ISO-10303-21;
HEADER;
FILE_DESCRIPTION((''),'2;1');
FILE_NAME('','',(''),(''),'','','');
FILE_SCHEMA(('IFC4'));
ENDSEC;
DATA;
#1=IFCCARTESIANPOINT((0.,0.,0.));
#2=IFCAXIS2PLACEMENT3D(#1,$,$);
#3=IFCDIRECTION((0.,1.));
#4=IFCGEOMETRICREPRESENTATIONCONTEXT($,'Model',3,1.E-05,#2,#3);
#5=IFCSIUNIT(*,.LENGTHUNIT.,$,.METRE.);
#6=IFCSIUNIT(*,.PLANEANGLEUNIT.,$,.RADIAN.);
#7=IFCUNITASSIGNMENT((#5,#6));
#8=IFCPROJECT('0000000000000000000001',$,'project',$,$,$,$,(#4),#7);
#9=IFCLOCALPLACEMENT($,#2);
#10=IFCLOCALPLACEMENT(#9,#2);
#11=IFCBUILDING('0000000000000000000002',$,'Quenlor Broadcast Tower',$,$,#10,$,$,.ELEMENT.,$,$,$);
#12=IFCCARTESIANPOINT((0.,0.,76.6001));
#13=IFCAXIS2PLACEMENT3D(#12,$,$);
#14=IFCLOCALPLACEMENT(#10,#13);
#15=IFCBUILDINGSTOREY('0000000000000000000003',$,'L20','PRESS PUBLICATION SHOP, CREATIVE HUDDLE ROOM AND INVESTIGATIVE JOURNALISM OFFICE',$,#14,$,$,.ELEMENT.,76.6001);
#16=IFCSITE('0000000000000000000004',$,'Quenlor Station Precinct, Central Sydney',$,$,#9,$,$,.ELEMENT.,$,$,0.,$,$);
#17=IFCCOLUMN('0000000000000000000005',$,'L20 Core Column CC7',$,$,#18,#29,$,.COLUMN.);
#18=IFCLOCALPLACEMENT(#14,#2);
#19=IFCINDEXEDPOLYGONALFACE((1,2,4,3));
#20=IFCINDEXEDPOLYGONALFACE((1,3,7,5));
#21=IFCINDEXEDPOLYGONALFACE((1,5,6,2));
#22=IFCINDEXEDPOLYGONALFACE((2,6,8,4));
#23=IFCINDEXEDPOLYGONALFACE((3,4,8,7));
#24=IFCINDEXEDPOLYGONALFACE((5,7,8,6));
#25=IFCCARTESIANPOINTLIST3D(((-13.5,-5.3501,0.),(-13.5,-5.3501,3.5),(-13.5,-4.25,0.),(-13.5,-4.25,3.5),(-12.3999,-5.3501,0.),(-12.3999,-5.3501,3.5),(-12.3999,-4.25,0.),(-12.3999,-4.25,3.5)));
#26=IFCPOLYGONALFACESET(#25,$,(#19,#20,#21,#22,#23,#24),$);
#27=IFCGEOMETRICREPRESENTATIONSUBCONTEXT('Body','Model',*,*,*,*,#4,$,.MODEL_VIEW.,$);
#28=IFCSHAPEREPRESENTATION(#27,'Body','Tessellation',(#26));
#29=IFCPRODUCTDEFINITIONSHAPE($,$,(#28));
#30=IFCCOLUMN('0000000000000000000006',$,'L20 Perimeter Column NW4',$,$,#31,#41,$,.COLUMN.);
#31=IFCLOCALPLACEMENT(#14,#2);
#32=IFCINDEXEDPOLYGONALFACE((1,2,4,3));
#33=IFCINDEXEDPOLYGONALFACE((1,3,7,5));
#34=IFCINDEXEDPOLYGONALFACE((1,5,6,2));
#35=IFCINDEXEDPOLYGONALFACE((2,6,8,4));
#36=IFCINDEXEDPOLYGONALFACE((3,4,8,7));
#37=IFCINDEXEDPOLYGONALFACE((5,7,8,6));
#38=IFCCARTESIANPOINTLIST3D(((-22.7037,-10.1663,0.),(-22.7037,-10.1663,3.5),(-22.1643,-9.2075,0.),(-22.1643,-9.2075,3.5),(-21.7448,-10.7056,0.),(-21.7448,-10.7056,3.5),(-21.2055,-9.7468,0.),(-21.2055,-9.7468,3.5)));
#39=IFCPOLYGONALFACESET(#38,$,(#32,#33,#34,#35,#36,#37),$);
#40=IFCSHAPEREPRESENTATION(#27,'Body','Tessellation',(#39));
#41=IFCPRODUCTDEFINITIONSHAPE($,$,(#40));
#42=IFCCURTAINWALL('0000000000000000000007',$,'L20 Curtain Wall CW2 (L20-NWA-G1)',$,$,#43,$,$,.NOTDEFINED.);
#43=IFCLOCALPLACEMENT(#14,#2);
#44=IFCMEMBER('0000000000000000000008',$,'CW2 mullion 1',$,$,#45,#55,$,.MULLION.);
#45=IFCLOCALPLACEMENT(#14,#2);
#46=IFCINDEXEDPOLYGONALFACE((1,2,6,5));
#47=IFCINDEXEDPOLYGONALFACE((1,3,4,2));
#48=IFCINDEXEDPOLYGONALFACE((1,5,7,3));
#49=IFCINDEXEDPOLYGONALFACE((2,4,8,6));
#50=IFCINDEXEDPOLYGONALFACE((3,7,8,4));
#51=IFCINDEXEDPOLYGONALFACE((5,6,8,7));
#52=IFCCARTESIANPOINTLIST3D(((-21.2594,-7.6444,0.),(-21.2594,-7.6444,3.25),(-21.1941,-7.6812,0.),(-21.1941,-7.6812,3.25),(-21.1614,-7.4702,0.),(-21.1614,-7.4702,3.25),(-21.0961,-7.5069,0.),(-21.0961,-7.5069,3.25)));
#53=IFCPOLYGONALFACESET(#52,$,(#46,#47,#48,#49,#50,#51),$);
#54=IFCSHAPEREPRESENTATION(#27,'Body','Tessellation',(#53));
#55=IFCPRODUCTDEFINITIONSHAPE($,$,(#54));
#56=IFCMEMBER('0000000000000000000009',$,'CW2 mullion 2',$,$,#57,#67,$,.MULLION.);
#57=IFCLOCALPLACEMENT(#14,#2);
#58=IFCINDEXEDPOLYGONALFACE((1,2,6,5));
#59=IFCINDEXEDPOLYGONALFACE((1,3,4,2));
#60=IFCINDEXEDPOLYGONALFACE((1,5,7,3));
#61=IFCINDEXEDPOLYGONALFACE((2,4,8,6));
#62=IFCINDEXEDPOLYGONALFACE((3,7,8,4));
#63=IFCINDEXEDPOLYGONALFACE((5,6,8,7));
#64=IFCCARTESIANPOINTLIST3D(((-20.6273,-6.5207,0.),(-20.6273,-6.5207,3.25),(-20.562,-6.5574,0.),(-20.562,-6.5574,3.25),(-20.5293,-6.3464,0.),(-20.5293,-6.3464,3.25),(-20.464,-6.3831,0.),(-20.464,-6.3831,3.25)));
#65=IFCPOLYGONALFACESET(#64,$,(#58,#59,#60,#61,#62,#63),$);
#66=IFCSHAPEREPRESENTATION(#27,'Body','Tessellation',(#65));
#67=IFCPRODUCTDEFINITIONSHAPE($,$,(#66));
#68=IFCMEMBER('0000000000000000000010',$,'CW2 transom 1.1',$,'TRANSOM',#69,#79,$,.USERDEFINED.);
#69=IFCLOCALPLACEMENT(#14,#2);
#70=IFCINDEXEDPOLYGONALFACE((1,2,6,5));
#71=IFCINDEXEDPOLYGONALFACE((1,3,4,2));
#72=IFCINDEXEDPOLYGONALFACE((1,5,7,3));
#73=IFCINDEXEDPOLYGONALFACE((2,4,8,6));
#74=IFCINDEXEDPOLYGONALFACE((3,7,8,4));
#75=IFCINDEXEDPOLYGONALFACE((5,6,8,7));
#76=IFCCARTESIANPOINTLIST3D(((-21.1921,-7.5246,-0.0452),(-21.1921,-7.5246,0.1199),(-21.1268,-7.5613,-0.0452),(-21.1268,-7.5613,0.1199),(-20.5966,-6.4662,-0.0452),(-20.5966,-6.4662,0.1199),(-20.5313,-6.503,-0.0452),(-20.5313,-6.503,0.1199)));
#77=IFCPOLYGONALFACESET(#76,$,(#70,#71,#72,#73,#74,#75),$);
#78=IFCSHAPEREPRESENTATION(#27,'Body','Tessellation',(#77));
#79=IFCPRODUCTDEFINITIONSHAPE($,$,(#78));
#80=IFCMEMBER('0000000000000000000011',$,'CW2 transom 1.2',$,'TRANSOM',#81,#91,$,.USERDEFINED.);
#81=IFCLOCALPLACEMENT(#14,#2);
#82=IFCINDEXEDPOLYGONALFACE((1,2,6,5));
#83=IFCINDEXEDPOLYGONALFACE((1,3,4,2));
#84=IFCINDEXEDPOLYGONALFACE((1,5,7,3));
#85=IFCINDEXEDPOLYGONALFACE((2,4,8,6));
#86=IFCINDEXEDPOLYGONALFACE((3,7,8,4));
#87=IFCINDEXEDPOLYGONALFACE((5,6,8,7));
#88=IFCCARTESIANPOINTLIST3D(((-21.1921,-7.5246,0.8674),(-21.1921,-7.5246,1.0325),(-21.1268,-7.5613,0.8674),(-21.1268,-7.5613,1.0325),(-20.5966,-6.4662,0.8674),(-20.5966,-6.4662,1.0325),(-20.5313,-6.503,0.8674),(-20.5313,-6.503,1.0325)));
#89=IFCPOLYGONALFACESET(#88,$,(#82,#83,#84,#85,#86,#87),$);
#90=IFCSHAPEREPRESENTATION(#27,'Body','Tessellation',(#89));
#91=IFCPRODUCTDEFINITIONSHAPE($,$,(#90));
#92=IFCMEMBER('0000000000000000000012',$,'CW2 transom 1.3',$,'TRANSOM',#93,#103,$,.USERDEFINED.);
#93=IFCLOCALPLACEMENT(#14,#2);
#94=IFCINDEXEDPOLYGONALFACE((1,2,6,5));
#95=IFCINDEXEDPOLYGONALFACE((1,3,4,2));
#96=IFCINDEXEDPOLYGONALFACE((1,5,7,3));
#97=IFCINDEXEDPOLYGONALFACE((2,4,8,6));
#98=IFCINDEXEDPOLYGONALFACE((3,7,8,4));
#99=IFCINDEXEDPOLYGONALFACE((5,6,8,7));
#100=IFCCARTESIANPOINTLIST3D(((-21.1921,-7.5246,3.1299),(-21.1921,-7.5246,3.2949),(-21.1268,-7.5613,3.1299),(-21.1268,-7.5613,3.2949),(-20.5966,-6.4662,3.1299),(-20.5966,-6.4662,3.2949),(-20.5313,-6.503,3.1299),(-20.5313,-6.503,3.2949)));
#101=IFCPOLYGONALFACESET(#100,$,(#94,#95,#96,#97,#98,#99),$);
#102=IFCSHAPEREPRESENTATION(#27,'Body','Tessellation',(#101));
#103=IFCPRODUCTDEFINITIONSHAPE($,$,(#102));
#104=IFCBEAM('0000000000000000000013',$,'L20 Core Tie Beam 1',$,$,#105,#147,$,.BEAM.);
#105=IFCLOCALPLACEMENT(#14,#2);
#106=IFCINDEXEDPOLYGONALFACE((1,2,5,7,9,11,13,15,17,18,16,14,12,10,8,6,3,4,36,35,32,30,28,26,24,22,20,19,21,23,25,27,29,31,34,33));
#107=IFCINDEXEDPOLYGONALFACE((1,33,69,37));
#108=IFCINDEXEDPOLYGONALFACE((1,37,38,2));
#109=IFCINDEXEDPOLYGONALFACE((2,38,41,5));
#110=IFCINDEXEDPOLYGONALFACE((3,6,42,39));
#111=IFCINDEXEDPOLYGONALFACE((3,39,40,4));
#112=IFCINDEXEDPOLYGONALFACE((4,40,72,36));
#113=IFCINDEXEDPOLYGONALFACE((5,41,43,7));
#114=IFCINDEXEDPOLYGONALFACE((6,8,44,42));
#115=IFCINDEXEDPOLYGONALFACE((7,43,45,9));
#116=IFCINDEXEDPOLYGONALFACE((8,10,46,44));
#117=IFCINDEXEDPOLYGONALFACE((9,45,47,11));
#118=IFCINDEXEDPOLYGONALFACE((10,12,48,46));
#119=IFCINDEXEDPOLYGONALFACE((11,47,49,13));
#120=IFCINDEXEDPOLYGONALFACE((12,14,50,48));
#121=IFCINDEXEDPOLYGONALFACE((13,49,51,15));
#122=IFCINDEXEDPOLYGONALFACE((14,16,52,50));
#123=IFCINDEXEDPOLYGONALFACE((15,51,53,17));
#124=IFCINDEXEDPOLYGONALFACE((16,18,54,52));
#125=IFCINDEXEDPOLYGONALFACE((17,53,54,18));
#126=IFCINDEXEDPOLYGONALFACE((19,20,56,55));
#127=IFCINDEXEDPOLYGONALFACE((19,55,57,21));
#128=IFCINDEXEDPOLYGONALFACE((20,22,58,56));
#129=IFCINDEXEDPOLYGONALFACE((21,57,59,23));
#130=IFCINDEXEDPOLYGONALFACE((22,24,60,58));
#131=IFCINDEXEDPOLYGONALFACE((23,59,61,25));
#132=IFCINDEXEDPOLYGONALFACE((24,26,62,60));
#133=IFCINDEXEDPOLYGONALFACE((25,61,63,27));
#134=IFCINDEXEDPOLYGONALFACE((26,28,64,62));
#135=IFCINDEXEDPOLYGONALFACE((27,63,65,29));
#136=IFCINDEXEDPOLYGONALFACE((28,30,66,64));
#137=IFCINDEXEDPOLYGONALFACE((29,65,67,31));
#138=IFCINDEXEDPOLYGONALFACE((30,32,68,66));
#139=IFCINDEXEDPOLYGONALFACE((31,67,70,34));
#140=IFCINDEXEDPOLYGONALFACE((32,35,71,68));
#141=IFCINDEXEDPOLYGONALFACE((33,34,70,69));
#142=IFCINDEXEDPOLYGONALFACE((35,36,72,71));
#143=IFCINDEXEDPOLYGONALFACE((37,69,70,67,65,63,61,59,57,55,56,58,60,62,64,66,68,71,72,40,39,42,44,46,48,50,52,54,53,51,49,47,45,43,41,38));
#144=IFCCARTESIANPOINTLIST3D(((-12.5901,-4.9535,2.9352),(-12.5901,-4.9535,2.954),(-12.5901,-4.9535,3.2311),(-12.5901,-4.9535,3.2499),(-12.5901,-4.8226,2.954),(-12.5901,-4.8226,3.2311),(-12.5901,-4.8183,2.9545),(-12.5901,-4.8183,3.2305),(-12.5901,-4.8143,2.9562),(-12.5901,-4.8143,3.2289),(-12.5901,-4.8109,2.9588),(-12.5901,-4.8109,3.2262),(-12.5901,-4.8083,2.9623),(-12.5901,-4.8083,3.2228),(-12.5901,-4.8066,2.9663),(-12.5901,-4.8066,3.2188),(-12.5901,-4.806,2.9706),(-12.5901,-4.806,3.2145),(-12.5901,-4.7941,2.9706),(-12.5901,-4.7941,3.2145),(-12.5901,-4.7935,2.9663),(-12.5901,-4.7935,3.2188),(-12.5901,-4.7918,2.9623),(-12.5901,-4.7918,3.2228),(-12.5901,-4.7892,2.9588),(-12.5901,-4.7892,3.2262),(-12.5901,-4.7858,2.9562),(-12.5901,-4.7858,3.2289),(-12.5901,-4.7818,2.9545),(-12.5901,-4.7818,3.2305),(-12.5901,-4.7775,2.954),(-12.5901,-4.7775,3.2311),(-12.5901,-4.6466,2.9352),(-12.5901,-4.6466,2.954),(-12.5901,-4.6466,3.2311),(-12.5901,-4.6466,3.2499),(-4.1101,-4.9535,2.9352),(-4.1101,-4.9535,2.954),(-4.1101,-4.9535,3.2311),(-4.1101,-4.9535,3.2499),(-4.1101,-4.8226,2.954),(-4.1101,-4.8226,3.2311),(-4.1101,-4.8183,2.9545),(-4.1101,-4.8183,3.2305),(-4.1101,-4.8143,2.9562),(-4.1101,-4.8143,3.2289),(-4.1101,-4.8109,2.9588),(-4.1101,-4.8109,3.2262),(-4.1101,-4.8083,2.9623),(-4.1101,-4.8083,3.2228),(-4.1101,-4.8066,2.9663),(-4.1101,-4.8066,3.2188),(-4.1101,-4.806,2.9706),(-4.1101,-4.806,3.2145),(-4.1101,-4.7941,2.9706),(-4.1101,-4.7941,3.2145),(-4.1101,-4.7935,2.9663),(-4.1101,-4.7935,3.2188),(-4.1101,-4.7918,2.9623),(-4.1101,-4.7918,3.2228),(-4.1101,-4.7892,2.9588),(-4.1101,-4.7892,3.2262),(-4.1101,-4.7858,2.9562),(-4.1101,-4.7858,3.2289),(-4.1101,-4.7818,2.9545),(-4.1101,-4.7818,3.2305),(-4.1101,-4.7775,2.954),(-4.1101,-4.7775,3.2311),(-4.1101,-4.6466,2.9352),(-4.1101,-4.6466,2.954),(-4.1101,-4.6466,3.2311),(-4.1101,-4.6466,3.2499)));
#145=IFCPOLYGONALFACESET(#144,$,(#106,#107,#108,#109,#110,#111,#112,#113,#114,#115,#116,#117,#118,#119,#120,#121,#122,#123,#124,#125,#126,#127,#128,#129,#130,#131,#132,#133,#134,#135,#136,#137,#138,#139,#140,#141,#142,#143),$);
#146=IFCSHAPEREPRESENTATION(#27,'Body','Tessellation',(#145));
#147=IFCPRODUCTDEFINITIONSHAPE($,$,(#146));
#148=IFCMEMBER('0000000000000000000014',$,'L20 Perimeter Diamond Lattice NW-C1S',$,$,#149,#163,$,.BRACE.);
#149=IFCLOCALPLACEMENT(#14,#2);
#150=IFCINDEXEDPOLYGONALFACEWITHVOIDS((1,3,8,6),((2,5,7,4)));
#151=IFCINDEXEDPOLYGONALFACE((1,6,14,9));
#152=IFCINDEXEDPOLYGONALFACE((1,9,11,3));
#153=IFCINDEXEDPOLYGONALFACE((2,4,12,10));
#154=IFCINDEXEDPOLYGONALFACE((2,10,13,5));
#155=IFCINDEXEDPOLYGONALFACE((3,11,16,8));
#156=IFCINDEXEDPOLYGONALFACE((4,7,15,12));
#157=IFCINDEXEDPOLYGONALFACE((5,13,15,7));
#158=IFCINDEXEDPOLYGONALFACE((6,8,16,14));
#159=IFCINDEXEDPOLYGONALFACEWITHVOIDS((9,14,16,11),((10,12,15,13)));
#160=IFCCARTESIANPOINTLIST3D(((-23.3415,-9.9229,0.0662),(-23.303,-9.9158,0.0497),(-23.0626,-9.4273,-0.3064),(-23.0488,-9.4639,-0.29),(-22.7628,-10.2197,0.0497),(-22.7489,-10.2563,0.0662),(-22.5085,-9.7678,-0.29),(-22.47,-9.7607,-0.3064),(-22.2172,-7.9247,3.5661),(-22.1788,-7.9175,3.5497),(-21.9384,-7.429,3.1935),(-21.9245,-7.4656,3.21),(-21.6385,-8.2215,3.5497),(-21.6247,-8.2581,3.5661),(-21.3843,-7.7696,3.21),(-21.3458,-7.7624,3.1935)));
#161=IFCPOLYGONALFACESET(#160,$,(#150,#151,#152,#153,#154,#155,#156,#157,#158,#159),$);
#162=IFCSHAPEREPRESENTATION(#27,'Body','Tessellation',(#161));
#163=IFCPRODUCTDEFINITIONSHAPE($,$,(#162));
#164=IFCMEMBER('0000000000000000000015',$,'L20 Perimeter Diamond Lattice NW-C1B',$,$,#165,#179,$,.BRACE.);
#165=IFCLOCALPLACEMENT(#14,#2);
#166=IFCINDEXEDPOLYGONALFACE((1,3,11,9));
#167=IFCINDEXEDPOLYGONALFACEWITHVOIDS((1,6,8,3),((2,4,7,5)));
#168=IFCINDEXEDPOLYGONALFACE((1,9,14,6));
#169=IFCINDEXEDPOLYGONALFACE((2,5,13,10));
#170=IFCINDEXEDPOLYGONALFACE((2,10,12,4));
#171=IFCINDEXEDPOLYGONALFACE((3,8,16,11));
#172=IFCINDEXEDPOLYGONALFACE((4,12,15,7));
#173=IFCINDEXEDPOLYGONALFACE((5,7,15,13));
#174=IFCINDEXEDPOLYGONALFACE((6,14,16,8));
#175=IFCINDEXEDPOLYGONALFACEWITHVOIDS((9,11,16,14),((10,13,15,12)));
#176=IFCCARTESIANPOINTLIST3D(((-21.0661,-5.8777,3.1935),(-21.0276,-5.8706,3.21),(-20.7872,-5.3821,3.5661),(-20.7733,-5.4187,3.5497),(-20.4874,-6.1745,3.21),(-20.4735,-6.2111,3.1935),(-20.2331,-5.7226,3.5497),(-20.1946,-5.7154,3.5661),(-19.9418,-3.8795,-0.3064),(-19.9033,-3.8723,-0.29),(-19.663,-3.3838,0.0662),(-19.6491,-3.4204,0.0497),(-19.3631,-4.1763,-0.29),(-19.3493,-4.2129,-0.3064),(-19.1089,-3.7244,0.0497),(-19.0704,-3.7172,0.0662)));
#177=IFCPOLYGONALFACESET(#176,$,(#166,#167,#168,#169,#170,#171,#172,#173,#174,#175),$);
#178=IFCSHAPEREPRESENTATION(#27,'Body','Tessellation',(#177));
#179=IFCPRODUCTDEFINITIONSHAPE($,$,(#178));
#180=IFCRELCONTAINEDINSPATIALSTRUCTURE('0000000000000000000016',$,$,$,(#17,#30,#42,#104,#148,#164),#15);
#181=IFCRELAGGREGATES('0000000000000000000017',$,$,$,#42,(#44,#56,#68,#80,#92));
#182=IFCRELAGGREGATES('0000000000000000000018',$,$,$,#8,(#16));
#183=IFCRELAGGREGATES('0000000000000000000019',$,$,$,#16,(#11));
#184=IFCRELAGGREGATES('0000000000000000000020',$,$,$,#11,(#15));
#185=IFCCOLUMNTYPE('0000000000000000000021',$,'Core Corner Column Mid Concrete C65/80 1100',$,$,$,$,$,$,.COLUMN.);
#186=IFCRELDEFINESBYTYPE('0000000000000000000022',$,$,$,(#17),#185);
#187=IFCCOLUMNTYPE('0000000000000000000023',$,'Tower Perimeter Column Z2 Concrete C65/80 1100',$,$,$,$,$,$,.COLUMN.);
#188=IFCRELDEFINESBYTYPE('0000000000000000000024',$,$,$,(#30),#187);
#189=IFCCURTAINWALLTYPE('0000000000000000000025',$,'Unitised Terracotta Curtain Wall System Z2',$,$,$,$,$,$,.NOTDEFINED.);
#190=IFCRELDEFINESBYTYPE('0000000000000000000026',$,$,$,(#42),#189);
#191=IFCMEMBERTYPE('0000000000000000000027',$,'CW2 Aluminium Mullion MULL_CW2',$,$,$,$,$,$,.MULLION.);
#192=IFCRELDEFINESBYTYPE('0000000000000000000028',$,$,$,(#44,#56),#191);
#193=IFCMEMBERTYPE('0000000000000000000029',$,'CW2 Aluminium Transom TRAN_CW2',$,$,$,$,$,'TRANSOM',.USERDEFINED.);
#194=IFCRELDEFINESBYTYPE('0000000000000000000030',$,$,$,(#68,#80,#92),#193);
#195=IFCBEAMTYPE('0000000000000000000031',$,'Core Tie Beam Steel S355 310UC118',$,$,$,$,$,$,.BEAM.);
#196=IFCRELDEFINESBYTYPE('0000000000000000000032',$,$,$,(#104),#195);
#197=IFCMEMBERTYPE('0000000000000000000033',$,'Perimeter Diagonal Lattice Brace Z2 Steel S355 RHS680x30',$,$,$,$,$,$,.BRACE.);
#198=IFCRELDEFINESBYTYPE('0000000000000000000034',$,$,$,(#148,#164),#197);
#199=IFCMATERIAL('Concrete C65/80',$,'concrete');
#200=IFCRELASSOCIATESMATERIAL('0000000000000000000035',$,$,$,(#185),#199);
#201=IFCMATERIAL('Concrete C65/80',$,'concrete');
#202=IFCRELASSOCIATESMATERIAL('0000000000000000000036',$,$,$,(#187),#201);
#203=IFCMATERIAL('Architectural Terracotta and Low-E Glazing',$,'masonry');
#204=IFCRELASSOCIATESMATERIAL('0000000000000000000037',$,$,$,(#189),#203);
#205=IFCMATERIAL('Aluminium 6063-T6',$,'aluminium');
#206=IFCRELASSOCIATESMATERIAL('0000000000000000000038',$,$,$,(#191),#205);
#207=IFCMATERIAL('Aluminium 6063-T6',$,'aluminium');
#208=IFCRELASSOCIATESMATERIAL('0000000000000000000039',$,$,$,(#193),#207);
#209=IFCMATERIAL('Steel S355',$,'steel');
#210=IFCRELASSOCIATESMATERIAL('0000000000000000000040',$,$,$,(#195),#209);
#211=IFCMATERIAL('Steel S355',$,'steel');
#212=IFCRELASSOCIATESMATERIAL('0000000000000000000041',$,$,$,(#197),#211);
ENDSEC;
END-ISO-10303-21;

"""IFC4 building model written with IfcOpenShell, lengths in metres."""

from ifc_helpers import new_model, si_unit, direction, frame, origin, origin_2d, place, context, subcontext, project, spatial, rectangle, hollow_rectangle, i_section, extrude, material, material_profile, profile_set, type_object, element, aggregate, save


model = new_model("IFC4")

# Units and contexts
model_context = context("Model", 3, precision=1e-05, world=origin(), true_north=direction((0.0, 1.0)))
body_context = subcontext(model_context, "Body", "Model", "MODEL_VIEW")
ifc_project = project(units=[si_unit("LENGTHUNIT", "METRE"), si_unit("PLANEANGLEUNIT", "RADIAN")], contexts=[model_context])

# Site, building, storey
site_placement = place(None, origin())
site = spatial("IfcSite", under=ifc_project, at=site_placement, Name="Quenlor Station Precinct, Central Sydney", CompositionType="ELEMENT", RefElevation=0.0)
building_placement = place(site_placement, origin())
building = spatial("IfcBuilding", under=site, at=building_placement, Name="Quenlor Broadcast Tower", CompositionType="ELEMENT")
storey_placement = place(building_placement, frame((0.0, 0.0, 76.6001)))
storey = spatial("IfcBuildingStorey", under=building, at=storey_placement, Name="L20", Description="PRESS PUBLICATION SHOP, CREATIVE HUDDLE ROOM AND INVESTIGATIVE JOURNALISM OFFICE", CompositionType="ELEMENT", Elevation=76.6001)

# Columns
ifc_material_1 = material(Name="Concrete C65/80", Category="concrete")
ifc_material_profile_1 = material_profile(ifc_material_1, rectangle(XDim=1.1001, YDim=1.1001, at=origin_2d()))
ifc_profile_set_1 = profile_set([ifc_material_profile_1], Name="Concrete C65/80 RC1100x1100")
column_type_1 = type_object("IfcColumnType", Name="Core Corner Column Mid Concrete C65/80 1100", PredefinedType="COLUMN", material=ifc_profile_set_1)
column_1_placement = place(storey_placement, frame((-12.95, -4.8, 0.0), z_axis=(0.0, 0.0, 1.0), x_axis=(1.0, 0.0, 0.0)))
element("IfcColumn", 1, at=column_1_placement, inside=storey, type_object=column_type_1, Name="L20 Core Column CC7", PredefinedType="COLUMN", context=body_context, shape_type="SweptSolid", body=[
    extrude(rectangle(XDim=1.1001, YDim=1.1001, at=origin_2d()), origin(), (0.0, 0.0, 1.0), 3.5),
])
ifc_material_2 = material(Name="Concrete C65/80", Category="concrete")
ifc_material_profile_2 = material_profile(ifc_material_2, rectangle(XDim=1.1001, YDim=1.1001, at=origin_2d()))
ifc_profile_set_2 = profile_set([ifc_material_profile_2], Name="Concrete C65/80 RC1100x1100")
column_type_2 = type_object("IfcColumnType", Name="Tower Perimeter Column Z2 Concrete C65/80 1100", PredefinedType="COLUMN", material=ifc_profile_set_2)
column_2_placement = place(storey_placement, frame((-21.9546, -9.9565, 0.0), z_axis=(0.0, 0.0, 1.0), x_axis=(-0.871575, 0.490262, 0.0)))
element("IfcColumn", 2, at=column_2_placement, inside=storey, type_object=column_type_2, Name="L20 Perimeter Column NW4", PredefinedType="COLUMN", context=body_context, shape_type="SweptSolid", body=[
    extrude(rectangle(XDim=1.1001, YDim=1.1001, at=origin_2d()), origin(), (0.0, 0.0, 1.0), 3.5),
])

# Curtain wall, members
ifc_material_3 = material(Name="Architectural Terracotta and Low-E Glazing", Category="masonry")
curtain_wall_type = type_object("IfcCurtainWallType", Name="Unitised Terracotta Curtain Wall System Z2", PredefinedType="NOTDEFINED", material=ifc_material_3)
curtain_wall_placement = place(storey_placement, origin())
curtain_wall = element("IfcCurtainWall", 3, at=curtain_wall_placement, inside=storey, type_object=curtain_wall_type, Name="L20 Curtain Wall CW2 (L20-NWA-G1)", PredefinedType="NOTDEFINED")
ifc_material_4 = material(Name="Aluminium 6063-T6", Category="aluminium")
ifc_material_profile_3 = material_profile(ifc_material_4, rectangle(XDim=0.075, YDim=0.2, at=origin_2d()))
ifc_profile_set_3 = profile_set([ifc_material_profile_3], Name="Aluminium 6063-T6 MULL75x200")
member_type_1 = type_object("IfcMemberType", Name="CW2 Aluminium Mullion MULL_CW2", PredefinedType="MULLION", material=ifc_profile_set_3)
member_1_placement = place(storey_placement, frame((-21.1777, -7.5757, 0.0), z_axis=(0.0, 0.0, 1.0), x_axis=(-0.871566, 0.490279, 0.0)))
member_1 = element("IfcMember", 4, at=member_1_placement, type_object=member_type_1, Name="CW2 mullion 1", PredefinedType="MULLION", context=body_context, shape_type="SweptSolid", body=[
    extrude(rectangle(XDim=0.075, YDim=0.2, at=origin_2d()), origin(), (0.0, 0.0, 1.0), 3.25),
])
member_2_placement = place(storey_placement, frame((-20.5457, -6.4519, 0.0), z_axis=(0.0, 0.0, 1.0), x_axis=(-0.871566, 0.490279, 0.0)))
member_2 = element("IfcMember", 5, at=member_2_placement, type_object=member_type_1, Name="CW2 mullion 2", PredefinedType="MULLION", context=body_context, shape_type="SweptSolid", body=[
    extrude(rectangle(XDim=0.075, YDim=0.2, at=origin_2d()), origin(), (0.0, 0.0, 1.0), 3.25),
])
ifc_material_5 = material(Name="Aluminium 6063-T6", Category="aluminium")
ifc_material_profile_4 = material_profile(ifc_material_5, rectangle(XDim=0.075, YDim=0.165, at=origin_2d()))
ifc_profile_set_4 = profile_set([ifc_material_profile_4], Name="Aluminium 6063-T6 TRAN75x165")
member_type_2 = type_object("IfcMemberType", Name="CW2 Aluminium Transom TRAN_CW2", ElementType="TRANSOM", PredefinedType="USERDEFINED", material=ifc_profile_set_4)
member_3_placement = place(storey_placement, frame((-21.1594, -7.543, 0.0374), z_axis=(0.490347, 0.871527, 0.0), x_axis=(-0.871527, 0.490347, 0.0)))
member_3 = element("IfcMember", 6, at=member_3_placement, type_object=member_type_2, Name="CW2 transom 1.1", ObjectType="TRANSOM", PredefinedType="USERDEFINED", context=body_context, shape_type="SweptSolid", body=[
    extrude(rectangle(XDim=0.075, YDim=0.165, at=origin_2d()), origin(), (0.0, 0.0, 1.0), 1.2144),
])
member_4_placement = place(storey_placement, frame((-21.1594, -7.543, 0.95), z_axis=(0.490347, 0.871527, 0.0), x_axis=(-0.871527, 0.490347, 0.0)))
member_4 = element("IfcMember", 7, at=member_4_placement, type_object=member_type_2, Name="CW2 transom 1.2", ObjectType="TRANSOM", PredefinedType="USERDEFINED", context=body_context, shape_type="SweptSolid", body=[
    extrude(rectangle(XDim=0.075, YDim=0.165, at=origin_2d()), origin(), (0.0, 0.0, 1.0), 1.2144),
])
member_5_placement = place(storey_placement, frame((-21.1594, -7.543, 3.2124), z_axis=(0.490347, 0.871527, 0.0), x_axis=(-0.871527, 0.490347, 0.0)))
member_5 = element("IfcMember", 8, at=member_5_placement, type_object=member_type_2, Name="CW2 transom 1.3", ObjectType="TRANSOM", PredefinedType="USERDEFINED", context=body_context, shape_type="SweptSolid", body=[
    extrude(rectangle(XDim=0.075, YDim=0.165, at=origin_2d()), origin(), (0.0, 0.0, 1.0), 1.2144),
])

# Beam
ifc_material_6 = material(Name="Steel S355", Category="steel")
ifc_material_profile_5 = material_profile(ifc_material_6, i_section(OverallWidth=0.3069, OverallDepth=0.3147, WebThickness=0.012, FlangeThickness=0.0188, FilletRadius=0.0166, at=origin_2d()))
ifc_profile_set_5 = profile_set([ifc_material_profile_5], Name="Steel S355 310UC118")
beam_type_1 = type_object("IfcBeamType", Name="Core Tie Beam Steel S355 310UC118", PredefinedType="BEAM", material=ifc_profile_set_5)
beam_1_placement = place(storey_placement, frame((-12.5901, -4.8, 3.0925), z_axis=(1.0, 0.0, 0.0), x_axis=(0.0, 1.0, 0.0)))
element("IfcBeam", 9, at=beam_1_placement, inside=storey, type_object=beam_type_1, Name="L20 Core Tie Beam 1", PredefinedType="BEAM", context=body_context, shape_type="SweptSolid", body=[
    extrude(i_section(OverallWidth=0.3069, OverallDepth=0.3147, WebThickness=0.012, FlangeThickness=0.0188, FilletRadius=0.0166, at=origin_2d()), origin(), (0.0, 0.0, 1.0), 8.48),
])

# Members
ifc_material_7 = material(Name="Steel S355", Category="steel")
ifc_material_profile_6 = material_profile(ifc_material_7, hollow_rectangle(XDim=0.6799, YDim=0.6799, WallThickness=0.03, at=origin_2d()))
ifc_profile_set_6 = profile_set([ifc_material_profile_6], Name="Steel S355 RHS680x680x30")
member_type_3 = type_object("IfcMemberType", Name="Perimeter Diagonal Lattice Brace Z2 Steel S355 RHS680x30", PredefinedType="BRACE", material=ifc_profile_set_6)
for number, where, z_axis, x_axis, name in (
    (10, (-22.9058, -9.8418, -0.1201), (0.268697, 0.477585, 0.836489), (-0.871533, 0.490337, 0.0), "L20 Perimeter Diamond Lattice NW-C1S"),
    (11, (-19.5061, -3.7983, -0.1201), (-0.268697, -0.477585, 0.836489), (0.871533, -0.490337, 0.0), "L20 Perimeter Diamond Lattice NW-C1B"),
):
    element("IfcMember", number, at=place(storey_placement, frame(where, z_axis=z_axis, x_axis=x_axis)), inside=storey, type_object=member_type_3, Name=name, PredefinedType="BRACE", context=body_context, shape_type="SweptSolid", body=[
        extrude(hollow_rectangle(XDim=0.6799, YDim=0.6799, WallThickness=0.03, at=origin_2d()), origin(), (0.0, 0.0, 1.0), 4.1841),
    ])

aggregate(curtain_wall, [member_1, member_2, member_3, member_4, member_5])

save(model, "model.ifc")
